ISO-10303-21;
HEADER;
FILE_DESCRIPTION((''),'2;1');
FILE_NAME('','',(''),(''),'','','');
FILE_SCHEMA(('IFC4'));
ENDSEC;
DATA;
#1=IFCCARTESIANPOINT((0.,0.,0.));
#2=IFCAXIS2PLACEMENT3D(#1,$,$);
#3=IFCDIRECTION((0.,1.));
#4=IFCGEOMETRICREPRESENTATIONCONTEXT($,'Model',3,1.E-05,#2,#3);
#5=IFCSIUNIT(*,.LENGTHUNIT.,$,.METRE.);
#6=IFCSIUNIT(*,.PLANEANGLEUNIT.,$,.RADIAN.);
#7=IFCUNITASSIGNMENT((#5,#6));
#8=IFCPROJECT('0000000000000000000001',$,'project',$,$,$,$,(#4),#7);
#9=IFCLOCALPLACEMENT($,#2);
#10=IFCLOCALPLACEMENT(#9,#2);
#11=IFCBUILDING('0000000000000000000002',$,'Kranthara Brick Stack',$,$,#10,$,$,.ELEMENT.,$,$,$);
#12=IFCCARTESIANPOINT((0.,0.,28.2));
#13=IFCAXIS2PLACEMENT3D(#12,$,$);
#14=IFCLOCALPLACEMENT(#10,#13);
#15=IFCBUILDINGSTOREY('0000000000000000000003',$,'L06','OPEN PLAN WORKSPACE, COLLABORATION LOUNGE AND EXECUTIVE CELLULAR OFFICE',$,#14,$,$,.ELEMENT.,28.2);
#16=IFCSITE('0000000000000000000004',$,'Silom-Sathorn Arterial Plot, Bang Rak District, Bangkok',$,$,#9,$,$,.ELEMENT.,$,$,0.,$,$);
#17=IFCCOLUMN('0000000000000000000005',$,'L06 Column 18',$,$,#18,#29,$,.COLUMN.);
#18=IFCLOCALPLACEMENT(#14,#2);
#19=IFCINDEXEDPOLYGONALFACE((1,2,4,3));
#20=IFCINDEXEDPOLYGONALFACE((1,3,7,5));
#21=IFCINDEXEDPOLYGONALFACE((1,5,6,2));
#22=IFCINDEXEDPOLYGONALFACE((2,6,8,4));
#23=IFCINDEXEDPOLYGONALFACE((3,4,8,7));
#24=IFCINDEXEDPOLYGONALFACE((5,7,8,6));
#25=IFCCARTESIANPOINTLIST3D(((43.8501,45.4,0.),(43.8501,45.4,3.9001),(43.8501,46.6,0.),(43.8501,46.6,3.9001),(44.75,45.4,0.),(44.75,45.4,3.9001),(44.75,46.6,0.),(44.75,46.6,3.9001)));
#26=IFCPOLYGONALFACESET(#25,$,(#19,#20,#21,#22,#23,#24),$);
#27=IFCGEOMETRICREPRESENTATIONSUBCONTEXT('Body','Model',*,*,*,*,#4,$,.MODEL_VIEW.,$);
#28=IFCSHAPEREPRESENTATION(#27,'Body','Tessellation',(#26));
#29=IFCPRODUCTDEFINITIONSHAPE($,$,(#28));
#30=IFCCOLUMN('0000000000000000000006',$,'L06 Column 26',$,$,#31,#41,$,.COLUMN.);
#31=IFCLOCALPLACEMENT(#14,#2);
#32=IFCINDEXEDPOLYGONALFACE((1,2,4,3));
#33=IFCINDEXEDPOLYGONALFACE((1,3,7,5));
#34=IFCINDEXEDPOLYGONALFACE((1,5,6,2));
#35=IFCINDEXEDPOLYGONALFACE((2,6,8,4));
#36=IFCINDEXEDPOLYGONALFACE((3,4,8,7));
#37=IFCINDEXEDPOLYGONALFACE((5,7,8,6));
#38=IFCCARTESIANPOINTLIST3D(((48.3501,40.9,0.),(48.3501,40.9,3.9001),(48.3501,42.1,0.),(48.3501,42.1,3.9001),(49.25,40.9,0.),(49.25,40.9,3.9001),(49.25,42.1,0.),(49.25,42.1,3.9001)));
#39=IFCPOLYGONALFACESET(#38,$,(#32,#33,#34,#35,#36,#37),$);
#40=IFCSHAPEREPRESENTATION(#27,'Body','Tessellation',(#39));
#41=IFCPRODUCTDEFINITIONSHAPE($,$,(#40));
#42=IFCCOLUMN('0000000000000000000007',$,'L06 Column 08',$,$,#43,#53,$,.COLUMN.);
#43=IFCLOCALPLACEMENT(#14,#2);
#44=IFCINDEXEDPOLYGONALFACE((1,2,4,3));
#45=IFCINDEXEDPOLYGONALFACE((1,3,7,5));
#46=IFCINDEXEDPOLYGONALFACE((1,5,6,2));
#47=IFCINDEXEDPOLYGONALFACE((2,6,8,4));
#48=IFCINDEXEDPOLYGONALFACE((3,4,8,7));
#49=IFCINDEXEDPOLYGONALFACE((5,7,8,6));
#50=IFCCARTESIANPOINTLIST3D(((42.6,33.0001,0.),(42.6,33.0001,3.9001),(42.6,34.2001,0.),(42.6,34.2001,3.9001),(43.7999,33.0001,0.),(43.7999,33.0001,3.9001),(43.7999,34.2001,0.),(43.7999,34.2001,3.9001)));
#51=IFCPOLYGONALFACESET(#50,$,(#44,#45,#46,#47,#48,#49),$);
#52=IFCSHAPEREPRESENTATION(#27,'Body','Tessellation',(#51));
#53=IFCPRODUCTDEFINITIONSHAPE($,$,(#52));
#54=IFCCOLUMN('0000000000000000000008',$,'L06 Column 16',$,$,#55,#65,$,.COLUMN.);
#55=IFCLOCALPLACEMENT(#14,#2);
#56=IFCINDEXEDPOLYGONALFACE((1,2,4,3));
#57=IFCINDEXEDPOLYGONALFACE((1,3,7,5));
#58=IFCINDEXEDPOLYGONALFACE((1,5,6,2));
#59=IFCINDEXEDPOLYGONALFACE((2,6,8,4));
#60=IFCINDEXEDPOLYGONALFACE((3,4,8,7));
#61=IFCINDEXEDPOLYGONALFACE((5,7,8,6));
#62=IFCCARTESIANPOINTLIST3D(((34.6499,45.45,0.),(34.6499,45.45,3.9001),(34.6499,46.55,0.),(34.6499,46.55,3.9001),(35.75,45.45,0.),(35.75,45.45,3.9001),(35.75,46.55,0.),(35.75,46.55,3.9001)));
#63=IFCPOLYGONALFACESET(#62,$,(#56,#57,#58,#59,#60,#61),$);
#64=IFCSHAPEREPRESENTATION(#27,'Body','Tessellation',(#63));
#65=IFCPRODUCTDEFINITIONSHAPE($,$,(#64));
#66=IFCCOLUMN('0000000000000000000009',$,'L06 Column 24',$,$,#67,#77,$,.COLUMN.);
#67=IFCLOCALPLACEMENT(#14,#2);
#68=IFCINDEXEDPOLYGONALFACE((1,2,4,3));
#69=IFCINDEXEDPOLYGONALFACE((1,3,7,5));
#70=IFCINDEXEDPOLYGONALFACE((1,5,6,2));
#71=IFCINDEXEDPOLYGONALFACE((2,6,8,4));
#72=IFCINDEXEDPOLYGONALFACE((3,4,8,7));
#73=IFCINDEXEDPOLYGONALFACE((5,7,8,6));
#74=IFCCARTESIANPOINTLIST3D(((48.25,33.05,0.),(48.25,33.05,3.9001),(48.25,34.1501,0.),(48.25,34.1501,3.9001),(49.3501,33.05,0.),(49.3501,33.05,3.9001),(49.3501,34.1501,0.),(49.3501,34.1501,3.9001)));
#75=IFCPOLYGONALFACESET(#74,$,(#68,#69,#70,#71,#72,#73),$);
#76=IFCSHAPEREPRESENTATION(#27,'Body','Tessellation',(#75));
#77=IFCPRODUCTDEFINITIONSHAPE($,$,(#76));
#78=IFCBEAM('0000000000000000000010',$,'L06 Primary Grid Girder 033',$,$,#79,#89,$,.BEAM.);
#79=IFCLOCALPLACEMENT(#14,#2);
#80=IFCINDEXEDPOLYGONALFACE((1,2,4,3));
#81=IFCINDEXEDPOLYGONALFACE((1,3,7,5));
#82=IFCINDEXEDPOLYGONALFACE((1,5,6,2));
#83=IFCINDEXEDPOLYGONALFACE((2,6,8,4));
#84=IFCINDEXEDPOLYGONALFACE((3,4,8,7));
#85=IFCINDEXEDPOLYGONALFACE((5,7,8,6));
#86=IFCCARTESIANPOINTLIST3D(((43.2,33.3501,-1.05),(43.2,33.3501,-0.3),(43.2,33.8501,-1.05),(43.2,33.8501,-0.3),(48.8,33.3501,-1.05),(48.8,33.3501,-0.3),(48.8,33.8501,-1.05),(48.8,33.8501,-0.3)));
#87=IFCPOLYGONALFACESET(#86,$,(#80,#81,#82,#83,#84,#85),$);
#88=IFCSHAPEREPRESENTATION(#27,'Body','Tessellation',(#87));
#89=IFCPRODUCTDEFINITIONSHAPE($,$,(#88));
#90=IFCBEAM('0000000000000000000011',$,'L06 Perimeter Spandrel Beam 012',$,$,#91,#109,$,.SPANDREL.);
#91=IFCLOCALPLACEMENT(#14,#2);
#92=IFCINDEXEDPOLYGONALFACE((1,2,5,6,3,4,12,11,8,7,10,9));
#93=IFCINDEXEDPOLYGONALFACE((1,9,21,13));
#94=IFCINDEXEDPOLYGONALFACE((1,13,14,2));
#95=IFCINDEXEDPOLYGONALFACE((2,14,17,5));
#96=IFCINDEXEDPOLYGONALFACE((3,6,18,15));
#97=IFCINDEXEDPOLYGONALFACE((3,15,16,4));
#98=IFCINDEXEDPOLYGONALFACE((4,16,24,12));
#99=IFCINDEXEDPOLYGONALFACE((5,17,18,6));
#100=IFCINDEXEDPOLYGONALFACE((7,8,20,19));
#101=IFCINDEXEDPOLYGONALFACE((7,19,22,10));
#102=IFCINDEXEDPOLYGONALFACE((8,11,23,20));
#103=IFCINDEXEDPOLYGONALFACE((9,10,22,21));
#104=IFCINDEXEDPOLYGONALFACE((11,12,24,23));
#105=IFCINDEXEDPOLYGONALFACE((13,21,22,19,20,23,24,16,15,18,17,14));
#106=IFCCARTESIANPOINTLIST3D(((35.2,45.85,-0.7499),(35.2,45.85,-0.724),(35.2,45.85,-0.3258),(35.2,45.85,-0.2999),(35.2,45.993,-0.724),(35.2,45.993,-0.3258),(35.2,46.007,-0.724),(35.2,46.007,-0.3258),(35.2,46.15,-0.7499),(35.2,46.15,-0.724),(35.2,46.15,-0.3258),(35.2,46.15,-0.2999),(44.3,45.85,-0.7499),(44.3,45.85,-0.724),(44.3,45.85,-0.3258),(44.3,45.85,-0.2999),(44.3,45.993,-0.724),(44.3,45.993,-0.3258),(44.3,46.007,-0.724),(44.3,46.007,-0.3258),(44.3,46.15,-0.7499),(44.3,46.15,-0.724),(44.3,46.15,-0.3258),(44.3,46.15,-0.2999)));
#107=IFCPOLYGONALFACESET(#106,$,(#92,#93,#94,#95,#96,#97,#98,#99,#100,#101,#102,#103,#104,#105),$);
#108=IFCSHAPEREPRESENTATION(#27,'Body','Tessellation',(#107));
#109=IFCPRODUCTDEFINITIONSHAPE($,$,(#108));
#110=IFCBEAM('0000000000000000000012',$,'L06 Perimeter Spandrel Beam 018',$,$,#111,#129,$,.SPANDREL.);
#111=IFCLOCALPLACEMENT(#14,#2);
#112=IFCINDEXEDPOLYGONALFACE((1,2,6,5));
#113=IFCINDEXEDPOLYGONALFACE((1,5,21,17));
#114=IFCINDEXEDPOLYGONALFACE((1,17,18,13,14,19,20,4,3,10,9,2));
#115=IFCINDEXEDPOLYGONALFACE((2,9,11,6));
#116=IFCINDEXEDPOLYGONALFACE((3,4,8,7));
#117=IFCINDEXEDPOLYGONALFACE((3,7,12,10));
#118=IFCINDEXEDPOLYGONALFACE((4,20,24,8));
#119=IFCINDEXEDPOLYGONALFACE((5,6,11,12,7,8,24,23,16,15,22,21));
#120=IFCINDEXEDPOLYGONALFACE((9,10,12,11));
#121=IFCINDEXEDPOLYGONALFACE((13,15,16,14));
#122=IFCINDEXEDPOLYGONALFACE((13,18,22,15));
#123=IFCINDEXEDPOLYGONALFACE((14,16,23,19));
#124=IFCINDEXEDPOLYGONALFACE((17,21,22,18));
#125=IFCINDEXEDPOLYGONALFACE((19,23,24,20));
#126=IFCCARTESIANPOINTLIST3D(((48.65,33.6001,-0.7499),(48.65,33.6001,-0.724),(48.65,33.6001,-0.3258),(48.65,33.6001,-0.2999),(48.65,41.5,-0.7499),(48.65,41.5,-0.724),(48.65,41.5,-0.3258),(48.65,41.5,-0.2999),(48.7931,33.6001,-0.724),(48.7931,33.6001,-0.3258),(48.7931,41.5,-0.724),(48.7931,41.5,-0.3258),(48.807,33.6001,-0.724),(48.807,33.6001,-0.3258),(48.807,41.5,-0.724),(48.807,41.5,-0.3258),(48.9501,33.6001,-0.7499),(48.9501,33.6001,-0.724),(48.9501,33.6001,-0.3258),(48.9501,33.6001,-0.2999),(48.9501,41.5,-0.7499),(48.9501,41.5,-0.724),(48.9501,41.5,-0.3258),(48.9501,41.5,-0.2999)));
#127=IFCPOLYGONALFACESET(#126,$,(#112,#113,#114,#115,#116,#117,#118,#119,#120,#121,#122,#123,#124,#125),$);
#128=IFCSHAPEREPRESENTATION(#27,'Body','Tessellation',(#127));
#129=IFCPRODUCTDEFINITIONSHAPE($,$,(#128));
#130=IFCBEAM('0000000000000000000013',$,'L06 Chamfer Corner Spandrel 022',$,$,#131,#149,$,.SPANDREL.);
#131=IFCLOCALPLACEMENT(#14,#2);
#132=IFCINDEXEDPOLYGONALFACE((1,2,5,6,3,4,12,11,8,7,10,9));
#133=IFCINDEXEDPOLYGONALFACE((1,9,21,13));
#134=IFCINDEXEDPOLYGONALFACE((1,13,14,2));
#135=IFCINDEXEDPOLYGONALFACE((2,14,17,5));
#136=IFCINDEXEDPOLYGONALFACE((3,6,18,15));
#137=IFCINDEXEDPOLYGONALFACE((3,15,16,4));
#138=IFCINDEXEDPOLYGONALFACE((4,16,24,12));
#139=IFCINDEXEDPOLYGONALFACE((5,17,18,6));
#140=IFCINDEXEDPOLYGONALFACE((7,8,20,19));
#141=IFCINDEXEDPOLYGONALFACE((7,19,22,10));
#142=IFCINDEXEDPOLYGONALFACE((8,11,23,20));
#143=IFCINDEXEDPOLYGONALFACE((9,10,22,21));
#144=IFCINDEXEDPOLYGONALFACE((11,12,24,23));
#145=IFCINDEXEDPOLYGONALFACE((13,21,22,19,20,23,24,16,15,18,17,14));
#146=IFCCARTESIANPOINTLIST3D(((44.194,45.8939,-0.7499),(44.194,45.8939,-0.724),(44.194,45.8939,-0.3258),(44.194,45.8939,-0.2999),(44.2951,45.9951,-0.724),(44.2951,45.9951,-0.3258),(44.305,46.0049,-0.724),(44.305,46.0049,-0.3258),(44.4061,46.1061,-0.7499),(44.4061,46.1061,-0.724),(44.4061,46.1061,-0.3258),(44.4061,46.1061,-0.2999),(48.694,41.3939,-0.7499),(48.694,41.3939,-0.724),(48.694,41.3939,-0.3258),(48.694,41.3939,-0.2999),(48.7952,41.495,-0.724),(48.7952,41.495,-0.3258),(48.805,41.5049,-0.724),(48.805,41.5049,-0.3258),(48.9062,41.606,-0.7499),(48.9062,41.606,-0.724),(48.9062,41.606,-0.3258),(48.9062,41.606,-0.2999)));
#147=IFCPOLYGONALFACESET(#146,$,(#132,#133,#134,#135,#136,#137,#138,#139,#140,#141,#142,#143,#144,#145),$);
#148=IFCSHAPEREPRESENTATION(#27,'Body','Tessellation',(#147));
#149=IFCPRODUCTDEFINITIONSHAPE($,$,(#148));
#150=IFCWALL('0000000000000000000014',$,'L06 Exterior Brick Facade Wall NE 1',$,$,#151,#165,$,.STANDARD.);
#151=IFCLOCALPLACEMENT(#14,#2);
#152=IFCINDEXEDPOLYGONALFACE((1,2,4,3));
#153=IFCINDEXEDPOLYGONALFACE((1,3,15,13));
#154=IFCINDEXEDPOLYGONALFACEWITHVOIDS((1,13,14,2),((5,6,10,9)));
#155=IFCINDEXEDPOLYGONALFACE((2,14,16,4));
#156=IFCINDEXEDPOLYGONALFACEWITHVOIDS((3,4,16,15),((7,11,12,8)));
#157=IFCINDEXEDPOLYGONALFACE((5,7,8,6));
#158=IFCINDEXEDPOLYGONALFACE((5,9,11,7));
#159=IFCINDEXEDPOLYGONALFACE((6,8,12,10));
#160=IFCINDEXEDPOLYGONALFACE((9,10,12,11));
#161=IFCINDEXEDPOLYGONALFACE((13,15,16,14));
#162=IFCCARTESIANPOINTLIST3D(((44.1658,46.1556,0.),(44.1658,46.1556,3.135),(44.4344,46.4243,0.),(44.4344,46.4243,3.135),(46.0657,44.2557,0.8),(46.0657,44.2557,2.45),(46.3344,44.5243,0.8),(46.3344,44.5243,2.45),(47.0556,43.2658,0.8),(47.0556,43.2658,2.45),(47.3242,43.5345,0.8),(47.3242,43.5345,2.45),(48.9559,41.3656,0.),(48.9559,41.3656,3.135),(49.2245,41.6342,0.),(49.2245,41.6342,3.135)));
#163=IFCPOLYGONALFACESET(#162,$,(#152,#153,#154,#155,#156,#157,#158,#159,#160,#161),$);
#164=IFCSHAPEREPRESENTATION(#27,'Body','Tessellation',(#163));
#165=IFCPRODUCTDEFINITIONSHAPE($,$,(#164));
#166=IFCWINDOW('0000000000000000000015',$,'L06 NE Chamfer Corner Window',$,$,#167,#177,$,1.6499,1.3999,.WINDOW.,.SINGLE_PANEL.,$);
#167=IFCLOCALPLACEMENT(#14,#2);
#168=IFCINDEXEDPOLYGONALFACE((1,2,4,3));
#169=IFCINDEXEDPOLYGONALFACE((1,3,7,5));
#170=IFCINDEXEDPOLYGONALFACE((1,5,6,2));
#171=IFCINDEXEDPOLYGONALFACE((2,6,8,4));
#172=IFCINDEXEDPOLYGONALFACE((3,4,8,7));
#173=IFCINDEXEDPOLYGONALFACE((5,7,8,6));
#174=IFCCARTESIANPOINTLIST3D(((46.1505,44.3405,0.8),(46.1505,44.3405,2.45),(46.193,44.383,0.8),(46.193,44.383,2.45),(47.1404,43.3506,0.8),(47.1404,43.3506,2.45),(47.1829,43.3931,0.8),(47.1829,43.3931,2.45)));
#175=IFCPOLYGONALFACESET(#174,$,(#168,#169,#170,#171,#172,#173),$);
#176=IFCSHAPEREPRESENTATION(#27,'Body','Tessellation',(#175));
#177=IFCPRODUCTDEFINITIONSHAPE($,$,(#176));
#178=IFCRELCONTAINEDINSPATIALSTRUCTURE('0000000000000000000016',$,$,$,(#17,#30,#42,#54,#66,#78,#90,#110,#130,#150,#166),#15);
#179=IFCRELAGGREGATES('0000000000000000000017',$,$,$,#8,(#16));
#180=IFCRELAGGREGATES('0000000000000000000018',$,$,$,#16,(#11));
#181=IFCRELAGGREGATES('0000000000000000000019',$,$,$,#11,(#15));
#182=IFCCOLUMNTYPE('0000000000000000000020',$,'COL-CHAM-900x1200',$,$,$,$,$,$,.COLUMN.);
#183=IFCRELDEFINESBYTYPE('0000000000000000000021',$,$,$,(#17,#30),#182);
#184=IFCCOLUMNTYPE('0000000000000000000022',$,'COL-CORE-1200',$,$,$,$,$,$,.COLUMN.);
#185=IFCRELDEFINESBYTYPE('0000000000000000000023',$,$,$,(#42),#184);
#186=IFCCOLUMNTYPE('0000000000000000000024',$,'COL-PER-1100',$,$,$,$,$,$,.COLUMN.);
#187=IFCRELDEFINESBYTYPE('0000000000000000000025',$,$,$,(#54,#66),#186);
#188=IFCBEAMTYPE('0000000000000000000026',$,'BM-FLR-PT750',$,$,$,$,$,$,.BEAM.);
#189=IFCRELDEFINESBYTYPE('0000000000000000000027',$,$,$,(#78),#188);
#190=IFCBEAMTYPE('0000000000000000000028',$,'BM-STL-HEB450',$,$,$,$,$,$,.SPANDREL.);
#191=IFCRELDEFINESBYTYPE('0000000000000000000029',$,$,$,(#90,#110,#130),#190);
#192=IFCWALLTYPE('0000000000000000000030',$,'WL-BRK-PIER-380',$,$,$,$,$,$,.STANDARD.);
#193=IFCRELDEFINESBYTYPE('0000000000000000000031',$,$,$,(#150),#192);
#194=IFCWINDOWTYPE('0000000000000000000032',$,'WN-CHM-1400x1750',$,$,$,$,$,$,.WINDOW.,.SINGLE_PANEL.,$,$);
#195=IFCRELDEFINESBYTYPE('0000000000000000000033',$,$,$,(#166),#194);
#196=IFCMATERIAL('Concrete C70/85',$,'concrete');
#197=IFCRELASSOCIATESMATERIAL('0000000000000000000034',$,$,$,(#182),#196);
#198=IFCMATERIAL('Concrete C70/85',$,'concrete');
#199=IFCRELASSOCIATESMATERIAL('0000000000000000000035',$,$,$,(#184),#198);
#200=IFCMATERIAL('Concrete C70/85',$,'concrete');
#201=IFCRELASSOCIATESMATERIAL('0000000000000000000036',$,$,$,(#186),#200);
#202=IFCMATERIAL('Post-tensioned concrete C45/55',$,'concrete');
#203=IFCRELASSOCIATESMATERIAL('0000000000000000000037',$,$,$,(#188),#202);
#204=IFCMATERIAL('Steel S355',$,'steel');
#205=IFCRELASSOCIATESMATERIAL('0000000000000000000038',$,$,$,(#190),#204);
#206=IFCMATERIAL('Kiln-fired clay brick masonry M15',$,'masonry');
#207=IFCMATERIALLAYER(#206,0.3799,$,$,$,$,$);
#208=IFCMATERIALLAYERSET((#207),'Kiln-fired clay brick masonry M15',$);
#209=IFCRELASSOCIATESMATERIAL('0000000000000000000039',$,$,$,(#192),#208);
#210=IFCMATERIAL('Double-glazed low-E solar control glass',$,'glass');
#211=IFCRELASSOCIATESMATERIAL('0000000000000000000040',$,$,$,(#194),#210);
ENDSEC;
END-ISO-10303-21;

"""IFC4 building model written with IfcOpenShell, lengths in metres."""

from ifc_helpers import new_model, si_unit, direction, frame, frame_2d, origin, origin_2d, place, context, subcontext, project, spatial, rectangle, i_section, extrude, material, layer, layer_set, material_profile, profile_set, type_object, element, fill, save


model = new_model("IFC4")

# Units and contexts
model_context = context("Model", 3, precision=1e-05, world=origin(), true_north=direction((0.0, 1.0)))
body_context = subcontext(model_context, "Body", "Model", "MODEL_VIEW")
ifc_project = project(units=[si_unit("LENGTHUNIT", "METRE"), si_unit("PLANEANGLEUNIT", "RADIAN")], contexts=[model_context])

# Site, building, storey
site_placement = place(None, origin())
site = spatial("IfcSite", under=ifc_project, at=site_placement, Name="Silom-Sathorn Arterial Plot, Bang Rak District, Bangkok", CompositionType="ELEMENT", RefElevation=0.0)
building_placement = place(site_placement, origin())
building = spatial("IfcBuilding", under=site, at=building_placement, Name="Kranthara Brick Stack", CompositionType="ELEMENT")
storey_placement = place(building_placement, frame((0.0, 0.0, 28.2)))
storey = spatial("IfcBuildingStorey", under=building, at=storey_placement, Name="L06", Description="OPEN PLAN WORKSPACE, COLLABORATION LOUNGE AND EXECUTIVE CELLULAR OFFICE", CompositionType="ELEMENT", Elevation=28.2)

# Columns
ifc_material_1 = material(Name="Concrete C70/85", Category="concrete")
ifc_material_profile_1 = material_profile(ifc_material_1, rectangle(XDim=0.8999, YDim=1.2, at=origin_2d()), Name="RC 900x1200")
ifc_profile_set_1 = profile_set([ifc_material_profile_1], Name="Concrete C70/85")
column_type_1 = type_object("IfcColumnType", Name="COL-CHAM-900x1200", PredefinedType="COLUMN", material=ifc_profile_set_1)
for number, where, z_axis, x_axis, name in (
    (1, (44.3, 46.0, 0.0), (0.0, 0.0, 1.0), (1.0, 0.0, 0.0), "L06 Column 18"),
    (2, (48.8, 41.5, 0.0), (0.0, 0.0, 1.0), (1.0, 0.0, 0.0), "L06 Column 26"),
):
    element("IfcColumn", number, at=place(storey_placement, frame(where, z_axis=z_axis, x_axis=x_axis)), inside=storey, type_object=column_type_1, Name=name, PredefinedType="COLUMN", context=body_context, shape_type="SweptSolid", body=[
        extrude(rectangle(XDim=0.8999, YDim=1.2, at=origin_2d()), origin(), (0.0, 0.0, 1.0), 3.9001),
    ])
ifc_material_2 = material(Name="Concrete C70/85", Category="concrete")
ifc_material_profile_2 = material_profile(ifc_material_2, rectangle(XDim=1.2, YDim=1.2, at=origin_2d()), Name="RC 1200x1200")
ifc_profile_set_2 = profile_set([ifc_material_profile_2], Name="Concrete C70/85")
column_type_2 = type_object("IfcColumnType", Name="COL-CORE-1200", PredefinedType="COLUMN", material=ifc_profile_set_2)
column_placement = place(storey_placement, frame((43.2, 33.6001, 0.0), z_axis=(0.0, 0.0, 1.0), x_axis=(1.0, 0.0, 0.0)))
element("IfcColumn", 3, at=column_placement, inside=storey, type_object=column_type_2, Name="L06 Column 08", PredefinedType="COLUMN", context=body_context, shape_type="SweptSolid", body=[
    extrude(rectangle(XDim=1.2, YDim=1.2, at=origin_2d()), origin(), (0.0, 0.0, 1.0), 3.9001),
])
ifc_material_3 = material(Name="Concrete C70/85", Category="concrete")
ifc_material_profile_3 = material_profile(ifc_material_3, rectangle(XDim=1.1001, YDim=1.1001, at=origin_2d()), Name="RC 1100x1100")
ifc_profile_set_3 = profile_set([ifc_material_profile_3], Name="Concrete C70/85")
column_type_3 = type_object("IfcColumnType", Name="COL-PER-1100", PredefinedType="COLUMN", material=ifc_profile_set_3)
for number, where, z_axis, x_axis, name in (
    (4, (35.2, 46.0, 0.0), (0.0, 0.0, 1.0), (1.0, 0.0, 0.0), "L06 Column 16"),
    (5, (48.8, 33.6001, 0.0), (0.0, 0.0, 1.0), (1.0, 0.0, 0.0), "L06 Column 24"),
):
    element("IfcColumn", number, at=place(storey_placement, frame(where, z_axis=z_axis, x_axis=x_axis)), inside=storey, type_object=column_type_3, Name=name, PredefinedType="COLUMN", context=body_context, shape_type="SweptSolid", body=[
        extrude(rectangle(XDim=1.1001, YDim=1.1001, at=origin_2d()), origin(), (0.0, 0.0, 1.0), 3.9001),
    ])

# Beams
ifc_material_4 = material(Name="Post-tensioned concrete C45/55", Category="concrete")
ifc_material_profile_4 = material_profile(ifc_material_4, rectangle(XDim=0.5, YDim=0.75, at=origin_2d()), Name="PT 500x750")
ifc_profile_set_4 = profile_set([ifc_material_profile_4], Name="Post-tensioned concrete C45/55")
beam_type_1 = type_object("IfcBeamType", Name="BM-FLR-PT750", PredefinedType="BEAM", material=ifc_profile_set_4)
beam_1_placement = place(storey_placement, frame((43.2, 33.6001, -0.675), z_axis=(1.0, 0.0, 0.0), x_axis=(0.0, 1.0, 0.0)))
element("IfcBeam", 6, at=beam_1_placement, inside=storey, type_object=beam_type_1, Name="L06 Primary Grid Girder 033", PredefinedType="BEAM", context=body_context, shape_type="SweptSolid", body=[
    extrude(rectangle(XDim=0.5, YDim=0.75, at=origin_2d()), origin(), (0.0, 0.0, 1.0), 5.6001),
])
ifc_material_5 = material(Name="Steel S355", Category="steel")
ifc_material_profile_5 = material_profile(ifc_material_5, i_section(OverallWidth=0.3, OverallDepth=0.45, WebThickness=0.0139, FlangeThickness=0.0259, at=origin_2d()), Name="HEB 450")
ifc_profile_set_5 = profile_set([ifc_material_profile_5], Name="Steel S355")
beam_type_2 = type_object("IfcBeamType", Name="BM-STL-HEB450", PredefinedType="SPANDREL", material=ifc_profile_set_5)
beam_2_placement = place(storey_placement, frame((35.2, 46.0, -0.5249), z_axis=(1.0, 0.0, 0.0), x_axis=(0.0, 1.0, 0.0)))
element("IfcBeam", 7, at=beam_2_placement, inside=storey, type_object=beam_type_2, Name="L06 Perimeter Spandrel Beam 012", PredefinedType="SPANDREL", context=body_context, shape_type="SweptSolid", body=[
    extrude(i_section(OverallWidth=0.3, OverallDepth=0.45, WebThickness=0.0139, FlangeThickness=0.0259, at=origin_2d()), origin(), (0.0, 0.0, 1.0), 9.1001),
])
beam_3_placement = place(storey_placement, frame((48.8, 33.6001, -0.5249), z_axis=(0.0, 1.0, 0.0), x_axis=(-1.0, 0.0, 0.0)))
element("IfcBeam", 8, at=beam_3_placement, inside=storey, type_object=beam_type_2, Name="L06 Perimeter Spandrel Beam 018", PredefinedType="SPANDREL", context=body_context, shape_type="SweptSolid", body=[
    extrude(i_section(OverallWidth=0.3, OverallDepth=0.45, WebThickness=0.0139, FlangeThickness=0.0259, at=origin_2d()), origin(), (0.0, 0.0, 1.0), 7.8999),
])
beam_4_placement = place(storey_placement, frame((44.3, 46.0, -0.5249), z_axis=(0.707107, -0.707107, 0.0), x_axis=(0.707107, 0.707107, 0.0)))
element("IfcBeam", 9, at=beam_4_placement, inside=storey, type_object=beam_type_2, Name="L06 Chamfer Corner Spandrel 022", PredefinedType="SPANDREL", context=body_context, shape_type="SweptSolid", body=[
    extrude(i_section(OverallWidth=0.3, OverallDepth=0.45, WebThickness=0.0139, FlangeThickness=0.0259, at=origin_2d()), origin(), (0.0, 0.0, 1.0), 6.364),
])

# Wall, opening, window
ifc_material_6 = material(Name="Kiln-fired clay brick masonry M15", Category="masonry")
ifc_layer_1 = layer(ifc_material_6, 0.3799)
ifc_layer_set_1 = layer_set([ifc_layer_1], Name="Kiln-fired clay brick masonry M15")
wall_type_1 = type_object("IfcWallType", Name="WL-BRK-PIER-380", PredefinedType="STANDARD", material=ifc_layer_set_1)
wall_1_placement = place(storey_placement, frame((44.3, 46.29, 0.0), z_axis=(0.0, 0.0, 1.0), x_axis=(0.707107, -0.707107, 0.0)))
wall_1 = element("IfcWall", 10, at=wall_1_placement, inside=storey, type_object=wall_type_1, Name="L06 Exterior Brick Facade Wall NE 1", PredefinedType="STANDARD", context=body_context, shape_type="SweptSolid", body=[
    extrude(rectangle(XDim=6.7742, YDim=0.3799, at=frame_2d((3.3872, 0.0))), origin(), (0.0, 0.0, 1.0), 3.135),
])
opening_1_placement = place(wall_1_placement, frame((2.687, 0.0, 0.8)))
opening_1 = element("IfcOpeningElement", 11, at=opening_1_placement, cuts=wall_1, PredefinedType="OPENING", context=body_context, shape_type="SweptSolid", body=[
    extrude(rectangle(XDim=1.3999, YDim=1.6499, at=frame_2d((0.7, 0.825))), frame((0.0, 0.2, 0.0), z_axis=(0.0, -1.0, 0.0), x_axis=(1.0, 0.0, 0.0)), (0.0, 0.0, 1.0), 0.3999),
])
ifc_material_7 = material(Name="Double-glazed low-E solar control glass", Category="glass")
window_type_1 = type_object("IfcWindowType", Name="WN-CHM-1400x1750", PartitioningType="SINGLE_PANEL", PredefinedType="WINDOW", material=ifc_material_7)
window_1_placement = place(opening_1_placement, origin())
window_1 = element("IfcWindow", 12, at=window_1_placement, inside=storey, type_object=window_type_1, Name="L06 NE Chamfer Corner Window", OverallHeight=1.6499, OverallWidth=1.3999, PartitioningType="SINGLE_PANEL", PredefinedType="WINDOW", context=body_context, shape_type="SweptSolid", body=[
    extrude(rectangle(XDim=1.3999, YDim=1.6499, at=frame_2d((0.7, 0.825))), frame((0.0, -0.01, 0.0), z_axis=(0.0, -1.0, 0.0), x_axis=(1.0, 0.0, 0.0)), (0.0, 0.0, 1.0), 0.0601),
])
fill(opening_1, window_1)

save(model, "model.ifc")
